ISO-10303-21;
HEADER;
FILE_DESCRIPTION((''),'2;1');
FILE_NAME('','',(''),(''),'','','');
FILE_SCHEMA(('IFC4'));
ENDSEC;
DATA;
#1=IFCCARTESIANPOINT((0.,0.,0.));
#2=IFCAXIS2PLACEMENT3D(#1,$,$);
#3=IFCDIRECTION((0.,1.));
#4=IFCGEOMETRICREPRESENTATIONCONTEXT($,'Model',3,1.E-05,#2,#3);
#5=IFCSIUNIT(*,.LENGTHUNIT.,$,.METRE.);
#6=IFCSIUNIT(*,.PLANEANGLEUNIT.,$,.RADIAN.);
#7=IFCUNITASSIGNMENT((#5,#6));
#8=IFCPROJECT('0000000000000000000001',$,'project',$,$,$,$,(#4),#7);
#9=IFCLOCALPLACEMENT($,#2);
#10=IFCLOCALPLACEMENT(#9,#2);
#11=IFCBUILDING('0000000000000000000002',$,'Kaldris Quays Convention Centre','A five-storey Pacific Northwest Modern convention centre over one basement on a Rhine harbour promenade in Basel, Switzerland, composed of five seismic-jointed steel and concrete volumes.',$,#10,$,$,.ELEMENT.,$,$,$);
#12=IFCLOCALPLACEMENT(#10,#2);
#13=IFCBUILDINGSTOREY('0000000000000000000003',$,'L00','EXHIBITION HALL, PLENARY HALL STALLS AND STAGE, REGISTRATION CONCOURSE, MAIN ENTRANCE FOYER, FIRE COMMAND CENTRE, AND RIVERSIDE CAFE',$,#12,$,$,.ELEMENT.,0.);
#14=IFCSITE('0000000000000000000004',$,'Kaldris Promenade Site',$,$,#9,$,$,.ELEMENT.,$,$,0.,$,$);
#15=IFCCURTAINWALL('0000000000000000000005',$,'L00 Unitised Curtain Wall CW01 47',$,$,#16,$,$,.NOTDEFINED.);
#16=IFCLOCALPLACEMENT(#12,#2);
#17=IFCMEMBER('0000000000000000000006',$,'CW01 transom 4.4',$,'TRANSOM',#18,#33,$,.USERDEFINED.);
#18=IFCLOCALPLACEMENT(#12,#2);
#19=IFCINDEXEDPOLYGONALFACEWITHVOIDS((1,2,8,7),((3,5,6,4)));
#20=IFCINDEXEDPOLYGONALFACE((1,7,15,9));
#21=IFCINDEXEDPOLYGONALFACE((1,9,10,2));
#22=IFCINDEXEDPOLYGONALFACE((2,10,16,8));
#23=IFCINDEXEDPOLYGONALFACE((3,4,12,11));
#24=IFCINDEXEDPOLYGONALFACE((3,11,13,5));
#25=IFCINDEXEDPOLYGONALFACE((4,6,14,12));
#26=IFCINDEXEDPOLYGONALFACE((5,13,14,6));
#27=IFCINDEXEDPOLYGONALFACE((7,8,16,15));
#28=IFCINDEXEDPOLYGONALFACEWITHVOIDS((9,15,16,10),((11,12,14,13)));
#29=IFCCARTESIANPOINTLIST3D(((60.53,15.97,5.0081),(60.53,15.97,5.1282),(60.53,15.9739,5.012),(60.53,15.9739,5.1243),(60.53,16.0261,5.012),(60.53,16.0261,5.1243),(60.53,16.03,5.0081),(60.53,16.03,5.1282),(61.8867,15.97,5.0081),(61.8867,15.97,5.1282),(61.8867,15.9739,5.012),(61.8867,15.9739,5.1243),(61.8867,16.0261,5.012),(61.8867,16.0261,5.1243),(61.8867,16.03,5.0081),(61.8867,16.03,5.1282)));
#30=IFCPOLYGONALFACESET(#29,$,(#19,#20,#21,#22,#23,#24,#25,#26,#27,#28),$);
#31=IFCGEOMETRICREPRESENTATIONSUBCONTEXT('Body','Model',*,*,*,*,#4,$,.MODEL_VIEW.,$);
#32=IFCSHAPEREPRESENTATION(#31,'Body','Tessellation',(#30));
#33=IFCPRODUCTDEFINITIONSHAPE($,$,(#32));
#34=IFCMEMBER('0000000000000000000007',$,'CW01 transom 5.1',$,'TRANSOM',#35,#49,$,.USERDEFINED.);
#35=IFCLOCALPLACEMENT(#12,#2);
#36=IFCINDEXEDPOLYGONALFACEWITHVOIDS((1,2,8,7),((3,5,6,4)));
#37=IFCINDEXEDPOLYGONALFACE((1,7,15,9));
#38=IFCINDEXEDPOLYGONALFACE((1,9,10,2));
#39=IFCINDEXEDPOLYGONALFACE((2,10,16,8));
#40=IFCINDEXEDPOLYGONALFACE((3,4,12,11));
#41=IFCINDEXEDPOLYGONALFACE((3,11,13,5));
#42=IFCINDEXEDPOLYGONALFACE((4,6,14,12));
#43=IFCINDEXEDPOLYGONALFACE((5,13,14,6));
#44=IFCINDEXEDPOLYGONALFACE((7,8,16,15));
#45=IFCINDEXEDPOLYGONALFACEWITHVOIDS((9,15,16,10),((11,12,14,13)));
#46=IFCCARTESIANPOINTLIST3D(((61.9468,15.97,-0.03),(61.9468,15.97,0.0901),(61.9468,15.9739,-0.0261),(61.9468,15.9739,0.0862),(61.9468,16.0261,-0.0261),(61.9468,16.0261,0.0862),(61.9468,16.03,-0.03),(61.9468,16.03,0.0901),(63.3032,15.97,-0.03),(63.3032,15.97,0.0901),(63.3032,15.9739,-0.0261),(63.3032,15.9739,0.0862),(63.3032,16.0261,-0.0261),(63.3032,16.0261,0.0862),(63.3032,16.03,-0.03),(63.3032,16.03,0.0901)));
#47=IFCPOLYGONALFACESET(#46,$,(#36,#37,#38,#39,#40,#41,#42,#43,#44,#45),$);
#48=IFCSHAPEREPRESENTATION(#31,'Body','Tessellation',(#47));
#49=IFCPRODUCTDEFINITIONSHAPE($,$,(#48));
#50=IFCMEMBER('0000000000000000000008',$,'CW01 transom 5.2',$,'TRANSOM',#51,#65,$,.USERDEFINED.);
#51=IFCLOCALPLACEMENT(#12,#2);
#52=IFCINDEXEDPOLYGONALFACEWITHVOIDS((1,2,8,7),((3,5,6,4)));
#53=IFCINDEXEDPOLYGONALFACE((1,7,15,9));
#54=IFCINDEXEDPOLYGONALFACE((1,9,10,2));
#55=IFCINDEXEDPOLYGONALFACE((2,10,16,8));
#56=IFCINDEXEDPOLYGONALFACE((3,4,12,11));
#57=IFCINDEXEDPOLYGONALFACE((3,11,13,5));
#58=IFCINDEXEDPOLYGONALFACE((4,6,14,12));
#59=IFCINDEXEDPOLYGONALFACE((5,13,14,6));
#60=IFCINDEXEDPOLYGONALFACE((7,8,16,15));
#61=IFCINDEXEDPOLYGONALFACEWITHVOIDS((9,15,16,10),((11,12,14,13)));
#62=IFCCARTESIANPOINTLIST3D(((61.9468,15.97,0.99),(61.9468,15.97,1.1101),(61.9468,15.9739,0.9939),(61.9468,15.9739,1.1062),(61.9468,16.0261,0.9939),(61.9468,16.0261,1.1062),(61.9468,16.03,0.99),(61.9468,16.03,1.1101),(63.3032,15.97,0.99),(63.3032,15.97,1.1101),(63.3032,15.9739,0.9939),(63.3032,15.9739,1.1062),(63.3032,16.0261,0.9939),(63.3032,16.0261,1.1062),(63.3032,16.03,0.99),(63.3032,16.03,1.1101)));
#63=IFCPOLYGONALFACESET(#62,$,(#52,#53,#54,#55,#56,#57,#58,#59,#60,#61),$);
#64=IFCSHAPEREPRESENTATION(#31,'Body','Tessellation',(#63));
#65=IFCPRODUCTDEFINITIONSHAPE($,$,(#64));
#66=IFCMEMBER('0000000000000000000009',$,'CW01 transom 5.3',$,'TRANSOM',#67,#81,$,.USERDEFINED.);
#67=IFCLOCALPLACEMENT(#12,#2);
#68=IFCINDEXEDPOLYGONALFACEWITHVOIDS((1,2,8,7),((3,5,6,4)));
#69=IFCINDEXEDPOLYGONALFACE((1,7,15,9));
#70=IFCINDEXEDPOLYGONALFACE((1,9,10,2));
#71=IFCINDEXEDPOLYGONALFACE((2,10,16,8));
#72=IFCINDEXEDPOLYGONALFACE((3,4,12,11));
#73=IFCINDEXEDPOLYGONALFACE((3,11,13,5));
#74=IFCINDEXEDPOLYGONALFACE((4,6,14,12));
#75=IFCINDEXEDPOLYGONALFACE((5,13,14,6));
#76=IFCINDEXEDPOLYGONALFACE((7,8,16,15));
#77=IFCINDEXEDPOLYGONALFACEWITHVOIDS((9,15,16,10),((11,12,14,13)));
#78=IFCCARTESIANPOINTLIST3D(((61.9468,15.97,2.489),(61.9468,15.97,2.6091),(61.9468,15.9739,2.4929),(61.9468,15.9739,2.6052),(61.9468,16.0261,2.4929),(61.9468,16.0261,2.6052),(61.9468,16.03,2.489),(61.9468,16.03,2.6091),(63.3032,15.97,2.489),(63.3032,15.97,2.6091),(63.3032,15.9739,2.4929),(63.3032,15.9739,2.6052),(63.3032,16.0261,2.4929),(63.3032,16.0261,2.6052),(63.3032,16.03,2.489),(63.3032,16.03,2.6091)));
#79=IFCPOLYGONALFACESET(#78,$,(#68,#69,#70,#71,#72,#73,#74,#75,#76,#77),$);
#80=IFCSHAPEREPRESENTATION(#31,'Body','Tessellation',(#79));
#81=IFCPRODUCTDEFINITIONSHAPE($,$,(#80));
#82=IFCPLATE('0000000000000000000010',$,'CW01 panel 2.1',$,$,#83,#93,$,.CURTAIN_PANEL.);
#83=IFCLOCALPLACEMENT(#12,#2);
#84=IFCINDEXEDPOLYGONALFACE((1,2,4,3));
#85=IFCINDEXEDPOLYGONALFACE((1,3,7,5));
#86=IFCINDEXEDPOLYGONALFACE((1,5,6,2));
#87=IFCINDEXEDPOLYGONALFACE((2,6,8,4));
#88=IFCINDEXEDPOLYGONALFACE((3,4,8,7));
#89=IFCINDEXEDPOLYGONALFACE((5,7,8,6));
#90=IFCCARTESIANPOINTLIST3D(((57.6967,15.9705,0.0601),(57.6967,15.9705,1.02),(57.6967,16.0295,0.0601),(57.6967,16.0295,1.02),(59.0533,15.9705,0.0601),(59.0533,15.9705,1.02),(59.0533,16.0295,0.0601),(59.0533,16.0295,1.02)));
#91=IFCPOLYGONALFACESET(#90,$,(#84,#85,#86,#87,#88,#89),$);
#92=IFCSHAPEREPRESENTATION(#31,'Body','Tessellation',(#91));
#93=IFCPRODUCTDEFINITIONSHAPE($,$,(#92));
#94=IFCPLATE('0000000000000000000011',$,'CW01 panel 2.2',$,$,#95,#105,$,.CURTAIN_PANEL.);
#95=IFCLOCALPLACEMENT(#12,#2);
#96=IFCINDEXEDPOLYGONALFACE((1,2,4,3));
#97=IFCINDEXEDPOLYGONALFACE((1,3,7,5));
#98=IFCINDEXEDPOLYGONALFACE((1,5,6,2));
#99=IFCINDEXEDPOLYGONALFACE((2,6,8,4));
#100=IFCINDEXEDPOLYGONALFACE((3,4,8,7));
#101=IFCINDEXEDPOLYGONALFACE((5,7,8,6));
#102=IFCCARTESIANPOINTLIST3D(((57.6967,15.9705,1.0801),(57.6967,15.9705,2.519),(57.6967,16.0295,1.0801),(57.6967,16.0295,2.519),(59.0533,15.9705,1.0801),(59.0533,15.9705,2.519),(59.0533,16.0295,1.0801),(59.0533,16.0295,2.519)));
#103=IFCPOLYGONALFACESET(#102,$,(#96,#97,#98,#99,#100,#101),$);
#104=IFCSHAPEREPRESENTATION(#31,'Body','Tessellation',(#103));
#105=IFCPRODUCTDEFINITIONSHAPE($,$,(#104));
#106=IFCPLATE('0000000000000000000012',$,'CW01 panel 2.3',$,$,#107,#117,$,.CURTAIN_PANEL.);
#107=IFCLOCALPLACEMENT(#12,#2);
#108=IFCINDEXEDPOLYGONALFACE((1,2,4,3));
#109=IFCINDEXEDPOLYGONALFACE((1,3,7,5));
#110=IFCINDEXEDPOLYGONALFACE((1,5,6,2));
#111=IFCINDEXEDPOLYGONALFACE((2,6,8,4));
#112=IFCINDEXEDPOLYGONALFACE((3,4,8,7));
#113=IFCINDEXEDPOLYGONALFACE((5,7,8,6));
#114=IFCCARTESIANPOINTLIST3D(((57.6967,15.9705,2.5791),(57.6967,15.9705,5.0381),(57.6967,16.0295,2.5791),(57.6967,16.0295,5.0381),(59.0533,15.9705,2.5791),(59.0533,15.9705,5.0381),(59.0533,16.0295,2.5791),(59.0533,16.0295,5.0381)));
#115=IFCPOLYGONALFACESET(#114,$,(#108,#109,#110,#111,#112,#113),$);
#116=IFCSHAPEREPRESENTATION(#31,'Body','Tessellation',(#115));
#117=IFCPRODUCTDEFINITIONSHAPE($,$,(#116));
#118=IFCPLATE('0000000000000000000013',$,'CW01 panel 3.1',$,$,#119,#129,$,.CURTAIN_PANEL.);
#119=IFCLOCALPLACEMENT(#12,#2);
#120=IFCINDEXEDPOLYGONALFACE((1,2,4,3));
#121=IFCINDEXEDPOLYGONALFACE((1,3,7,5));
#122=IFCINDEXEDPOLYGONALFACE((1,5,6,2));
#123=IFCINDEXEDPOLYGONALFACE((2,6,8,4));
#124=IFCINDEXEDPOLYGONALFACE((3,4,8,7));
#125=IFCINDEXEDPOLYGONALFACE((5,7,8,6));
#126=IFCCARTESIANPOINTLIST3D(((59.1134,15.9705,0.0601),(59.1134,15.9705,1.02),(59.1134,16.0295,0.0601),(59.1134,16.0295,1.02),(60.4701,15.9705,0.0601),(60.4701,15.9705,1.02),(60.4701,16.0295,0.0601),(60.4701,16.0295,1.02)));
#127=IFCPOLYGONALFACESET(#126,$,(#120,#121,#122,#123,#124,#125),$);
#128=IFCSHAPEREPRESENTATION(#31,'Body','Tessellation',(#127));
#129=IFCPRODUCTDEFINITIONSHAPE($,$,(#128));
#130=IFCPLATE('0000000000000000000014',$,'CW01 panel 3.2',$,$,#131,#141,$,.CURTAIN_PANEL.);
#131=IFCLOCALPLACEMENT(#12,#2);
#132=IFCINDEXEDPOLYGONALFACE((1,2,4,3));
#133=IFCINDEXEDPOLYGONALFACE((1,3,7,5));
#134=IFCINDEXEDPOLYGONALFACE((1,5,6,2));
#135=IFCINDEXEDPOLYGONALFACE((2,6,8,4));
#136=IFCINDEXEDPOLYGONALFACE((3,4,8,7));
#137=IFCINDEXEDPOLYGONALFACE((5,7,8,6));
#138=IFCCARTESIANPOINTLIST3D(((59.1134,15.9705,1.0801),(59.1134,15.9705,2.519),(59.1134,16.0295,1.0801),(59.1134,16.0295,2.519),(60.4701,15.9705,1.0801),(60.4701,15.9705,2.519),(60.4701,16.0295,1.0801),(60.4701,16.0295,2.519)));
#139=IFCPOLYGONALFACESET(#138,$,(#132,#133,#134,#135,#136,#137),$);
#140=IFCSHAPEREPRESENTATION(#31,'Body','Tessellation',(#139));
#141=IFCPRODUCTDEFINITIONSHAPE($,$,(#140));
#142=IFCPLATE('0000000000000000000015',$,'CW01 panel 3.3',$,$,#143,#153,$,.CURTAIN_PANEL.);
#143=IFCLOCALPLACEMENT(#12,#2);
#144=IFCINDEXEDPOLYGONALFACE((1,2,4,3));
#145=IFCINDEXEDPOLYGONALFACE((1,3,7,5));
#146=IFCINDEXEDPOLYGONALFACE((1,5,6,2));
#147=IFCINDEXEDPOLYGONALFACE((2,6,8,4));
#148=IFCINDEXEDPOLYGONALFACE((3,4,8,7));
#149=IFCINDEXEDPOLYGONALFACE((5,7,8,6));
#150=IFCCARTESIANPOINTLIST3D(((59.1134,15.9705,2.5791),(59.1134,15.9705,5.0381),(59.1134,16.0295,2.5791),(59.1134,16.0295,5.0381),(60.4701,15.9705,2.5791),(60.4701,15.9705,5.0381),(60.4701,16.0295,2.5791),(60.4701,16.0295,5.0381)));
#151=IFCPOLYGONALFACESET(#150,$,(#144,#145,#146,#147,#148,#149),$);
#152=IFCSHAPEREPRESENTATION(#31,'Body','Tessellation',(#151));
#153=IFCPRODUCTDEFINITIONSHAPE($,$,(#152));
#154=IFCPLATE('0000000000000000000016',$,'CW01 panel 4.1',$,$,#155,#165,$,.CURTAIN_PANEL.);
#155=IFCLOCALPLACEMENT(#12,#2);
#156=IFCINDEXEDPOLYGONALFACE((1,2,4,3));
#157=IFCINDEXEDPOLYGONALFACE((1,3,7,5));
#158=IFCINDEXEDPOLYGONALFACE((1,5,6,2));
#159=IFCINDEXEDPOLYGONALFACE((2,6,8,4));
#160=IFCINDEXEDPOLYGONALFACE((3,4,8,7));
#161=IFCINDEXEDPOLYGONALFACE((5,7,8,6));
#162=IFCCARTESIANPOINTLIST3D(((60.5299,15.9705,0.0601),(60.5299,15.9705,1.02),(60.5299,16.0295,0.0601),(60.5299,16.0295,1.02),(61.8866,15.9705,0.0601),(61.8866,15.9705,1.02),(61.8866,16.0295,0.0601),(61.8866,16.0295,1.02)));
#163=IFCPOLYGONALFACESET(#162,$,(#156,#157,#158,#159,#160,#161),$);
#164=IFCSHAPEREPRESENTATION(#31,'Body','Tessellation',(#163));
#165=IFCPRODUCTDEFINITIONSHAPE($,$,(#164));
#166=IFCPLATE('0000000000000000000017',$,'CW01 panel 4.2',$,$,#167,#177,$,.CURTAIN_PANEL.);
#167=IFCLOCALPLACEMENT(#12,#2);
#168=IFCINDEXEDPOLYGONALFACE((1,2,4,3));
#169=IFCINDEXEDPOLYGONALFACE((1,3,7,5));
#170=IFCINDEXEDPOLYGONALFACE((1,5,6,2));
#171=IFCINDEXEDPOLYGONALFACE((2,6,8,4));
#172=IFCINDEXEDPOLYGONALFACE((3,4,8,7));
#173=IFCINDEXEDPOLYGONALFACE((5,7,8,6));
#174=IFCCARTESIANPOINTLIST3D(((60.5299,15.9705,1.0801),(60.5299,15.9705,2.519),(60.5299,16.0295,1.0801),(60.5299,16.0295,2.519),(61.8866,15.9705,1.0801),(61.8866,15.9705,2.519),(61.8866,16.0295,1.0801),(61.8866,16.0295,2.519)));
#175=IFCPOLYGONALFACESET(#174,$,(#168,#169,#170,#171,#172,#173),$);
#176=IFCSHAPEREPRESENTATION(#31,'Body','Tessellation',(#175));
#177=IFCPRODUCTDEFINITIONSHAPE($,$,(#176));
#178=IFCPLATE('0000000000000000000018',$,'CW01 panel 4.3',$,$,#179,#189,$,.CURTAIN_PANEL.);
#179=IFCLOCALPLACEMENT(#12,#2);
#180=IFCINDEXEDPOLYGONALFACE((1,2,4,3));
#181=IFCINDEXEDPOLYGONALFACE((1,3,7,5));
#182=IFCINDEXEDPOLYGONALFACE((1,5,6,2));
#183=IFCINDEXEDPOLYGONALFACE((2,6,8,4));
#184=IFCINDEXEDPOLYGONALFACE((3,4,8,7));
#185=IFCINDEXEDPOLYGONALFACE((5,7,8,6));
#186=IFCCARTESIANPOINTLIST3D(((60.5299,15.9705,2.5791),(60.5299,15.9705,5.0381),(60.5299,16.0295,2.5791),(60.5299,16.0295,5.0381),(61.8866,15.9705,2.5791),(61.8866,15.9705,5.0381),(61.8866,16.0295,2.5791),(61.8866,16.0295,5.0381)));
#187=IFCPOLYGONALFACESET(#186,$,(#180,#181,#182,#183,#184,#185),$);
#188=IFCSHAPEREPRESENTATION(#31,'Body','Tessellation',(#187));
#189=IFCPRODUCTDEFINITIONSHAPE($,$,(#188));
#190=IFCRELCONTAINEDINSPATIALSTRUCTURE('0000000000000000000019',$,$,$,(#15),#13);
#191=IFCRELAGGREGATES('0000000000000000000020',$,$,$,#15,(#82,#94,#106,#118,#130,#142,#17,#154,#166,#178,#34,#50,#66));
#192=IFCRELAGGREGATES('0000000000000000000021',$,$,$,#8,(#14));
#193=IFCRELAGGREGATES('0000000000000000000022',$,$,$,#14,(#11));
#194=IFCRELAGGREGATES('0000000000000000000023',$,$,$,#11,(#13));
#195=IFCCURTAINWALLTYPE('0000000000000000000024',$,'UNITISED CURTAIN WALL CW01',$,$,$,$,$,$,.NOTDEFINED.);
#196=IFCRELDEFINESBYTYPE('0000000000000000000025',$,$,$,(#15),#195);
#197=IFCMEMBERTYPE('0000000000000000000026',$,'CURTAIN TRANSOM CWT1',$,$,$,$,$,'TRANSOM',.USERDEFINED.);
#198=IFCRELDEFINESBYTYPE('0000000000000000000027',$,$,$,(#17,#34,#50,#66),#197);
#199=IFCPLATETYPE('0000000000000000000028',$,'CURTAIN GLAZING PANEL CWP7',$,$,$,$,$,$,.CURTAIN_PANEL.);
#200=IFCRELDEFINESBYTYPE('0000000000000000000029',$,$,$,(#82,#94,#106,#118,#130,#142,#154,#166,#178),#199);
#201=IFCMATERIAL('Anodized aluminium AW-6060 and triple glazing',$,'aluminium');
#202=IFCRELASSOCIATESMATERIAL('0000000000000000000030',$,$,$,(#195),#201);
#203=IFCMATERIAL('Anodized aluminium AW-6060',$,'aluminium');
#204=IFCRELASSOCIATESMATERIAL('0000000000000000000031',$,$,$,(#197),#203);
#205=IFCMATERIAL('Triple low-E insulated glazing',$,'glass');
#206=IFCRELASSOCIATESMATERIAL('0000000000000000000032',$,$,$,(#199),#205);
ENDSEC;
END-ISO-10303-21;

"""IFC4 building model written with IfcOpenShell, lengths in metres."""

from ifc_helpers import new_model, si_unit, direction, frame, origin, origin_2d, place, context, subcontext, project, spatial, rectangle, hollow_rectangle, extrude, material, material_profile, profile_set, type_object, element, aggregate, save


model = new_model("IFC4")

# Units and contexts
model_context = context("Model", 3, precision=1e-05, world=origin(), true_north=direction((0.0, 1.0)))
body_context = subcontext(model_context, "Body", "Model", "MODEL_VIEW")
ifc_project = project(units=[si_unit("LENGTHUNIT", "METRE"), si_unit("PLANEANGLEUNIT", "RADIAN")], contexts=[model_context])

# Site, building, storey
site_placement = place(None, origin())
site = spatial("IfcSite", under=ifc_project, at=site_placement, Name="Kaldris Promenade Site", CompositionType="ELEMENT", RefElevation=0.0)
building_placement = place(site_placement, origin())
building = spatial("IfcBuilding", under=site, at=building_placement, Name="Kaldris Quays Convention Centre", Description="A five-storey Pacific Northwest Modern convention centre over one basement on a Rhine harbour promenade in Basel, Switzerland, composed of five seismic-jointed steel and concrete volumes.", CompositionType="ELEMENT")
storey_placement = place(building_placement, origin())
storey = spatial("IfcBuildingStorey", under=building, at=storey_placement, Name="L00", Description="EXHIBITION HALL, PLENARY HALL STALLS AND STAGE, REGISTRATION CONCOURSE, MAIN ENTRANCE FOYER, FIRE COMMAND CENTRE, AND RIVERSIDE CAFE", CompositionType="ELEMENT", Elevation=0.0)

# Curtain wall, members, plates
ifc_material_1 = material(Name="Anodized aluminium AW-6060 and triple glazing", Category="aluminium")
curtain_wall_type = type_object("IfcCurtainWallType", Name="UNITISED CURTAIN WALL CW01", PredefinedType="NOTDEFINED", material=ifc_material_1)
curtain_wall_placement = place(storey_placement, origin())
curtain_wall = element("IfcCurtainWall", 1, at=curtain_wall_placement, inside=storey, type_object=curtain_wall_type, Name="L00 Unitised Curtain Wall CW01 47", PredefinedType="NOTDEFINED")
ifc_material_2 = material(Name="Anodized aluminium AW-6060", Category="aluminium")
ifc_material_profile_1 = material_profile(ifc_material_2, hollow_rectangle(XDim=0.0601, YDim=0.1201, WallThickness=0.0039, at=origin_2d()), Name="RHS 120x60x4")
ifc_profile_set_1 = profile_set([ifc_material_profile_1], Name="Anodized aluminium AW-6060")
member_type_1 = type_object("IfcMemberType", Name="CURTAIN TRANSOM CWT1", ElementType="TRANSOM", PredefinedType="USERDEFINED", material=ifc_profile_set_1)
member_1_placement = place(storey_placement, frame((60.53, 16.0, 5.0681), z_axis=(1.0, 0.0, 0.0), x_axis=(0.0, 1.0, 0.0)))
member_1 = element("IfcMember", 2, at=member_1_placement, type_object=member_type_1, Name="CW01 transom 4.4", ObjectType="TRANSOM", PredefinedType="USERDEFINED", context=body_context, shape_type="SweptSolid", body=[
    extrude(hollow_rectangle(XDim=0.0601, YDim=0.1201, WallThickness=0.0039, at=origin_2d()), origin(), (0.0, 0.0, 1.0), 1.3567),
])
member_2_placement = place(storey_placement, frame((61.9468, 16.0, 0.03), z_axis=(1.0, 0.0, 0.0), x_axis=(0.0, 1.0, 0.0)))
member_2 = element("IfcMember", 3, at=member_2_placement, type_object=member_type_1, Name="CW01 transom 5.1", ObjectType="TRANSOM", PredefinedType="USERDEFINED", context=body_context, shape_type="SweptSolid", body=[
    extrude(hollow_rectangle(XDim=0.0601, YDim=0.1201, WallThickness=0.0039, at=origin_2d()), origin(), (0.0, 0.0, 1.0), 1.3564),
])
member_3_placement = place(storey_placement, frame((61.9468, 16.0, 1.05), z_axis=(1.0, 0.0, 0.0), x_axis=(0.0, 1.0, 0.0)))
member_3 = element("IfcMember", 4, at=member_3_placement, type_object=member_type_1, Name="CW01 transom 5.2", ObjectType="TRANSOM", PredefinedType="USERDEFINED", context=body_context, shape_type="SweptSolid", body=[
    extrude(hollow_rectangle(XDim=0.0601, YDim=0.1201, WallThickness=0.0039, at=origin_2d()), origin(), (0.0, 0.0, 1.0), 1.3564),
])
member_4_placement = place(storey_placement, frame((61.9468, 16.0, 2.5491), z_axis=(1.0, 0.0, 0.0), x_axis=(0.0, 1.0, 0.0)))
member_4 = element("IfcMember", 5, at=member_4_placement, type_object=member_type_1, Name="CW01 transom 5.3", ObjectType="TRANSOM", PredefinedType="USERDEFINED", context=body_context, shape_type="SweptSolid", body=[
    extrude(hollow_rectangle(XDim=0.0601, YDim=0.1201, WallThickness=0.0039, at=origin_2d()), origin(), (0.0, 0.0, 1.0), 1.3564),
])
ifc_material_3 = material(Name="Triple low-E insulated glazing", Category="glass")
plate_type = type_object("IfcPlateType", Name="CURTAIN GLAZING PANEL CWP7", PredefinedType="CURTAIN_PANEL", material=ifc_material_3)
plate_1_placement = place(storey_placement, frame((58.375, 16.0, 0.0601), z_axis=(0.0, 0.0, 1.0), x_axis=(1.0, 0.0, 0.0)))
plate_1 = element("IfcPlate", 6, at=plate_1_placement, type_object=plate_type, Name="CW01 panel 2.1", PredefinedType="CURTAIN_PANEL", context=body_context, shape_type="SweptSolid", body=[
    extrude(rectangle(XDim=1.3567, YDim=0.0591, at=origin_2d()), origin(), (0.0, 0.0, 1.0), 0.96),
])
plate_2_placement = place(storey_placement, frame((58.375, 16.0, 1.0801), z_axis=(0.0, 0.0, 1.0), x_axis=(1.0, 0.0, 0.0)))
plate_2 = element("IfcPlate", 7, at=plate_2_placement, type_object=plate_type, Name="CW01 panel 2.2", PredefinedType="CURTAIN_PANEL", context=body_context, shape_type="SweptSolid", body=[
    extrude(rectangle(XDim=1.3567, YDim=0.0591, at=origin_2d()), origin(), (0.0, 0.0, 1.0), 1.439),
])
plate_3_placement = place(storey_placement, frame((58.375, 16.0, 2.5791), z_axis=(0.0, 0.0, 1.0), x_axis=(1.0, 0.0, 0.0)))
plate_3 = element("IfcPlate", 8, at=plate_3_placement, type_object=plate_type, Name="CW01 panel 2.3", PredefinedType="CURTAIN_PANEL", context=body_context, shape_type="SweptSolid", body=[
    extrude(rectangle(XDim=1.3567, YDim=0.0591, at=origin_2d()), origin(), (0.0, 0.0, 1.0), 2.459),
])
plate_4_placement = place(storey_placement, frame((59.7917, 16.0, 0.0601), z_axis=(0.0, 0.0, 1.0), x_axis=(1.0, 0.0, 0.0)))
plate_4 = element("IfcPlate", 9, at=plate_4_placement, type_object=plate_type, Name="CW01 panel 3.1", PredefinedType="CURTAIN_PANEL", context=body_context, shape_type="SweptSolid", body=[
    extrude(rectangle(XDim=1.3567, YDim=0.0591, at=origin_2d()), origin(), (0.0, 0.0, 1.0), 0.96),
])
plate_5_placement = place(storey_placement, frame((59.7917, 16.0, 1.0801), z_axis=(0.0, 0.0, 1.0), x_axis=(1.0, 0.0, 0.0)))
plate_5 = element("IfcPlate", 10, at=plate_5_placement, type_object=plate_type, Name="CW01 panel 3.2", PredefinedType="CURTAIN_PANEL", context=body_context, shape_type="SweptSolid", body=[
    extrude(rectangle(XDim=1.3567, YDim=0.0591, at=origin_2d()), origin(), (0.0, 0.0, 1.0), 1.439),
])
plate_6_placement = place(storey_placement, frame((59.7917, 16.0, 2.5791), z_axis=(0.0, 0.0, 1.0), x_axis=(1.0, 0.0, 0.0)))
plate_6 = element("IfcPlate", 11, at=plate_6_placement, type_object=plate_type, Name="CW01 panel 3.3", PredefinedType="CURTAIN_PANEL", context=body_context, shape_type="SweptSolid", body=[
    extrude(rectangle(XDim=1.3567, YDim=0.0591, at=origin_2d()), origin(), (0.0, 0.0, 1.0), 2.459),
])
plate_7_placement = place(storey_placement, frame((61.2083, 16.0, 0.0601), z_axis=(0.0, 0.0, 1.0), x_axis=(1.0, 0.0, 0.0)))
plate_7 = element("IfcPlate", 12, at=plate_7_placement, type_object=plate_type, Name="CW01 panel 4.1", PredefinedType="CURTAIN_PANEL", context=body_context, shape_type="SweptSolid", body=[
    extrude(rectangle(XDim=1.3567, YDim=0.0591, at=origin_2d()), origin(), (0.0, 0.0, 1.0), 0.96),
])
plate_8_placement = place(storey_placement, frame((61.2083, 16.0, 1.0801), z_axis=(0.0, 0.0, 1.0), x_axis=(1.0, 0.0, 0.0)))
plate_8 = element("IfcPlate", 13, at=plate_8_placement, type_object=plate_type, Name="CW01 panel 4.2", PredefinedType="CURTAIN_PANEL", context=body_context, shape_type="SweptSolid", body=[
    extrude(rectangle(XDim=1.3567, YDim=0.0591, at=origin_2d()), origin(), (0.0, 0.0, 1.0), 1.439),
])
plate_9_placement = place(storey_placement, frame((61.2083, 16.0, 2.5791), z_axis=(0.0, 0.0, 1.0), x_axis=(1.0, 0.0, 0.0)))
plate_9 = element("IfcPlate", 14, at=plate_9_placement, type_object=plate_type, Name="CW01 panel 4.3", PredefinedType="CURTAIN_PANEL", context=body_context, shape_type="SweptSolid", body=[
    extrude(rectangle(XDim=1.3567, YDim=0.0591, at=origin_2d()), origin(), (0.0, 0.0, 1.0), 2.459),
])
aggregate(curtain_wall, [plate_1, plate_2, plate_3, plate_4, plate_5, plate_6, member_1, plate_7, plate_8, plate_9, member_2, member_3, member_4])

save(model, "model.ifc")
